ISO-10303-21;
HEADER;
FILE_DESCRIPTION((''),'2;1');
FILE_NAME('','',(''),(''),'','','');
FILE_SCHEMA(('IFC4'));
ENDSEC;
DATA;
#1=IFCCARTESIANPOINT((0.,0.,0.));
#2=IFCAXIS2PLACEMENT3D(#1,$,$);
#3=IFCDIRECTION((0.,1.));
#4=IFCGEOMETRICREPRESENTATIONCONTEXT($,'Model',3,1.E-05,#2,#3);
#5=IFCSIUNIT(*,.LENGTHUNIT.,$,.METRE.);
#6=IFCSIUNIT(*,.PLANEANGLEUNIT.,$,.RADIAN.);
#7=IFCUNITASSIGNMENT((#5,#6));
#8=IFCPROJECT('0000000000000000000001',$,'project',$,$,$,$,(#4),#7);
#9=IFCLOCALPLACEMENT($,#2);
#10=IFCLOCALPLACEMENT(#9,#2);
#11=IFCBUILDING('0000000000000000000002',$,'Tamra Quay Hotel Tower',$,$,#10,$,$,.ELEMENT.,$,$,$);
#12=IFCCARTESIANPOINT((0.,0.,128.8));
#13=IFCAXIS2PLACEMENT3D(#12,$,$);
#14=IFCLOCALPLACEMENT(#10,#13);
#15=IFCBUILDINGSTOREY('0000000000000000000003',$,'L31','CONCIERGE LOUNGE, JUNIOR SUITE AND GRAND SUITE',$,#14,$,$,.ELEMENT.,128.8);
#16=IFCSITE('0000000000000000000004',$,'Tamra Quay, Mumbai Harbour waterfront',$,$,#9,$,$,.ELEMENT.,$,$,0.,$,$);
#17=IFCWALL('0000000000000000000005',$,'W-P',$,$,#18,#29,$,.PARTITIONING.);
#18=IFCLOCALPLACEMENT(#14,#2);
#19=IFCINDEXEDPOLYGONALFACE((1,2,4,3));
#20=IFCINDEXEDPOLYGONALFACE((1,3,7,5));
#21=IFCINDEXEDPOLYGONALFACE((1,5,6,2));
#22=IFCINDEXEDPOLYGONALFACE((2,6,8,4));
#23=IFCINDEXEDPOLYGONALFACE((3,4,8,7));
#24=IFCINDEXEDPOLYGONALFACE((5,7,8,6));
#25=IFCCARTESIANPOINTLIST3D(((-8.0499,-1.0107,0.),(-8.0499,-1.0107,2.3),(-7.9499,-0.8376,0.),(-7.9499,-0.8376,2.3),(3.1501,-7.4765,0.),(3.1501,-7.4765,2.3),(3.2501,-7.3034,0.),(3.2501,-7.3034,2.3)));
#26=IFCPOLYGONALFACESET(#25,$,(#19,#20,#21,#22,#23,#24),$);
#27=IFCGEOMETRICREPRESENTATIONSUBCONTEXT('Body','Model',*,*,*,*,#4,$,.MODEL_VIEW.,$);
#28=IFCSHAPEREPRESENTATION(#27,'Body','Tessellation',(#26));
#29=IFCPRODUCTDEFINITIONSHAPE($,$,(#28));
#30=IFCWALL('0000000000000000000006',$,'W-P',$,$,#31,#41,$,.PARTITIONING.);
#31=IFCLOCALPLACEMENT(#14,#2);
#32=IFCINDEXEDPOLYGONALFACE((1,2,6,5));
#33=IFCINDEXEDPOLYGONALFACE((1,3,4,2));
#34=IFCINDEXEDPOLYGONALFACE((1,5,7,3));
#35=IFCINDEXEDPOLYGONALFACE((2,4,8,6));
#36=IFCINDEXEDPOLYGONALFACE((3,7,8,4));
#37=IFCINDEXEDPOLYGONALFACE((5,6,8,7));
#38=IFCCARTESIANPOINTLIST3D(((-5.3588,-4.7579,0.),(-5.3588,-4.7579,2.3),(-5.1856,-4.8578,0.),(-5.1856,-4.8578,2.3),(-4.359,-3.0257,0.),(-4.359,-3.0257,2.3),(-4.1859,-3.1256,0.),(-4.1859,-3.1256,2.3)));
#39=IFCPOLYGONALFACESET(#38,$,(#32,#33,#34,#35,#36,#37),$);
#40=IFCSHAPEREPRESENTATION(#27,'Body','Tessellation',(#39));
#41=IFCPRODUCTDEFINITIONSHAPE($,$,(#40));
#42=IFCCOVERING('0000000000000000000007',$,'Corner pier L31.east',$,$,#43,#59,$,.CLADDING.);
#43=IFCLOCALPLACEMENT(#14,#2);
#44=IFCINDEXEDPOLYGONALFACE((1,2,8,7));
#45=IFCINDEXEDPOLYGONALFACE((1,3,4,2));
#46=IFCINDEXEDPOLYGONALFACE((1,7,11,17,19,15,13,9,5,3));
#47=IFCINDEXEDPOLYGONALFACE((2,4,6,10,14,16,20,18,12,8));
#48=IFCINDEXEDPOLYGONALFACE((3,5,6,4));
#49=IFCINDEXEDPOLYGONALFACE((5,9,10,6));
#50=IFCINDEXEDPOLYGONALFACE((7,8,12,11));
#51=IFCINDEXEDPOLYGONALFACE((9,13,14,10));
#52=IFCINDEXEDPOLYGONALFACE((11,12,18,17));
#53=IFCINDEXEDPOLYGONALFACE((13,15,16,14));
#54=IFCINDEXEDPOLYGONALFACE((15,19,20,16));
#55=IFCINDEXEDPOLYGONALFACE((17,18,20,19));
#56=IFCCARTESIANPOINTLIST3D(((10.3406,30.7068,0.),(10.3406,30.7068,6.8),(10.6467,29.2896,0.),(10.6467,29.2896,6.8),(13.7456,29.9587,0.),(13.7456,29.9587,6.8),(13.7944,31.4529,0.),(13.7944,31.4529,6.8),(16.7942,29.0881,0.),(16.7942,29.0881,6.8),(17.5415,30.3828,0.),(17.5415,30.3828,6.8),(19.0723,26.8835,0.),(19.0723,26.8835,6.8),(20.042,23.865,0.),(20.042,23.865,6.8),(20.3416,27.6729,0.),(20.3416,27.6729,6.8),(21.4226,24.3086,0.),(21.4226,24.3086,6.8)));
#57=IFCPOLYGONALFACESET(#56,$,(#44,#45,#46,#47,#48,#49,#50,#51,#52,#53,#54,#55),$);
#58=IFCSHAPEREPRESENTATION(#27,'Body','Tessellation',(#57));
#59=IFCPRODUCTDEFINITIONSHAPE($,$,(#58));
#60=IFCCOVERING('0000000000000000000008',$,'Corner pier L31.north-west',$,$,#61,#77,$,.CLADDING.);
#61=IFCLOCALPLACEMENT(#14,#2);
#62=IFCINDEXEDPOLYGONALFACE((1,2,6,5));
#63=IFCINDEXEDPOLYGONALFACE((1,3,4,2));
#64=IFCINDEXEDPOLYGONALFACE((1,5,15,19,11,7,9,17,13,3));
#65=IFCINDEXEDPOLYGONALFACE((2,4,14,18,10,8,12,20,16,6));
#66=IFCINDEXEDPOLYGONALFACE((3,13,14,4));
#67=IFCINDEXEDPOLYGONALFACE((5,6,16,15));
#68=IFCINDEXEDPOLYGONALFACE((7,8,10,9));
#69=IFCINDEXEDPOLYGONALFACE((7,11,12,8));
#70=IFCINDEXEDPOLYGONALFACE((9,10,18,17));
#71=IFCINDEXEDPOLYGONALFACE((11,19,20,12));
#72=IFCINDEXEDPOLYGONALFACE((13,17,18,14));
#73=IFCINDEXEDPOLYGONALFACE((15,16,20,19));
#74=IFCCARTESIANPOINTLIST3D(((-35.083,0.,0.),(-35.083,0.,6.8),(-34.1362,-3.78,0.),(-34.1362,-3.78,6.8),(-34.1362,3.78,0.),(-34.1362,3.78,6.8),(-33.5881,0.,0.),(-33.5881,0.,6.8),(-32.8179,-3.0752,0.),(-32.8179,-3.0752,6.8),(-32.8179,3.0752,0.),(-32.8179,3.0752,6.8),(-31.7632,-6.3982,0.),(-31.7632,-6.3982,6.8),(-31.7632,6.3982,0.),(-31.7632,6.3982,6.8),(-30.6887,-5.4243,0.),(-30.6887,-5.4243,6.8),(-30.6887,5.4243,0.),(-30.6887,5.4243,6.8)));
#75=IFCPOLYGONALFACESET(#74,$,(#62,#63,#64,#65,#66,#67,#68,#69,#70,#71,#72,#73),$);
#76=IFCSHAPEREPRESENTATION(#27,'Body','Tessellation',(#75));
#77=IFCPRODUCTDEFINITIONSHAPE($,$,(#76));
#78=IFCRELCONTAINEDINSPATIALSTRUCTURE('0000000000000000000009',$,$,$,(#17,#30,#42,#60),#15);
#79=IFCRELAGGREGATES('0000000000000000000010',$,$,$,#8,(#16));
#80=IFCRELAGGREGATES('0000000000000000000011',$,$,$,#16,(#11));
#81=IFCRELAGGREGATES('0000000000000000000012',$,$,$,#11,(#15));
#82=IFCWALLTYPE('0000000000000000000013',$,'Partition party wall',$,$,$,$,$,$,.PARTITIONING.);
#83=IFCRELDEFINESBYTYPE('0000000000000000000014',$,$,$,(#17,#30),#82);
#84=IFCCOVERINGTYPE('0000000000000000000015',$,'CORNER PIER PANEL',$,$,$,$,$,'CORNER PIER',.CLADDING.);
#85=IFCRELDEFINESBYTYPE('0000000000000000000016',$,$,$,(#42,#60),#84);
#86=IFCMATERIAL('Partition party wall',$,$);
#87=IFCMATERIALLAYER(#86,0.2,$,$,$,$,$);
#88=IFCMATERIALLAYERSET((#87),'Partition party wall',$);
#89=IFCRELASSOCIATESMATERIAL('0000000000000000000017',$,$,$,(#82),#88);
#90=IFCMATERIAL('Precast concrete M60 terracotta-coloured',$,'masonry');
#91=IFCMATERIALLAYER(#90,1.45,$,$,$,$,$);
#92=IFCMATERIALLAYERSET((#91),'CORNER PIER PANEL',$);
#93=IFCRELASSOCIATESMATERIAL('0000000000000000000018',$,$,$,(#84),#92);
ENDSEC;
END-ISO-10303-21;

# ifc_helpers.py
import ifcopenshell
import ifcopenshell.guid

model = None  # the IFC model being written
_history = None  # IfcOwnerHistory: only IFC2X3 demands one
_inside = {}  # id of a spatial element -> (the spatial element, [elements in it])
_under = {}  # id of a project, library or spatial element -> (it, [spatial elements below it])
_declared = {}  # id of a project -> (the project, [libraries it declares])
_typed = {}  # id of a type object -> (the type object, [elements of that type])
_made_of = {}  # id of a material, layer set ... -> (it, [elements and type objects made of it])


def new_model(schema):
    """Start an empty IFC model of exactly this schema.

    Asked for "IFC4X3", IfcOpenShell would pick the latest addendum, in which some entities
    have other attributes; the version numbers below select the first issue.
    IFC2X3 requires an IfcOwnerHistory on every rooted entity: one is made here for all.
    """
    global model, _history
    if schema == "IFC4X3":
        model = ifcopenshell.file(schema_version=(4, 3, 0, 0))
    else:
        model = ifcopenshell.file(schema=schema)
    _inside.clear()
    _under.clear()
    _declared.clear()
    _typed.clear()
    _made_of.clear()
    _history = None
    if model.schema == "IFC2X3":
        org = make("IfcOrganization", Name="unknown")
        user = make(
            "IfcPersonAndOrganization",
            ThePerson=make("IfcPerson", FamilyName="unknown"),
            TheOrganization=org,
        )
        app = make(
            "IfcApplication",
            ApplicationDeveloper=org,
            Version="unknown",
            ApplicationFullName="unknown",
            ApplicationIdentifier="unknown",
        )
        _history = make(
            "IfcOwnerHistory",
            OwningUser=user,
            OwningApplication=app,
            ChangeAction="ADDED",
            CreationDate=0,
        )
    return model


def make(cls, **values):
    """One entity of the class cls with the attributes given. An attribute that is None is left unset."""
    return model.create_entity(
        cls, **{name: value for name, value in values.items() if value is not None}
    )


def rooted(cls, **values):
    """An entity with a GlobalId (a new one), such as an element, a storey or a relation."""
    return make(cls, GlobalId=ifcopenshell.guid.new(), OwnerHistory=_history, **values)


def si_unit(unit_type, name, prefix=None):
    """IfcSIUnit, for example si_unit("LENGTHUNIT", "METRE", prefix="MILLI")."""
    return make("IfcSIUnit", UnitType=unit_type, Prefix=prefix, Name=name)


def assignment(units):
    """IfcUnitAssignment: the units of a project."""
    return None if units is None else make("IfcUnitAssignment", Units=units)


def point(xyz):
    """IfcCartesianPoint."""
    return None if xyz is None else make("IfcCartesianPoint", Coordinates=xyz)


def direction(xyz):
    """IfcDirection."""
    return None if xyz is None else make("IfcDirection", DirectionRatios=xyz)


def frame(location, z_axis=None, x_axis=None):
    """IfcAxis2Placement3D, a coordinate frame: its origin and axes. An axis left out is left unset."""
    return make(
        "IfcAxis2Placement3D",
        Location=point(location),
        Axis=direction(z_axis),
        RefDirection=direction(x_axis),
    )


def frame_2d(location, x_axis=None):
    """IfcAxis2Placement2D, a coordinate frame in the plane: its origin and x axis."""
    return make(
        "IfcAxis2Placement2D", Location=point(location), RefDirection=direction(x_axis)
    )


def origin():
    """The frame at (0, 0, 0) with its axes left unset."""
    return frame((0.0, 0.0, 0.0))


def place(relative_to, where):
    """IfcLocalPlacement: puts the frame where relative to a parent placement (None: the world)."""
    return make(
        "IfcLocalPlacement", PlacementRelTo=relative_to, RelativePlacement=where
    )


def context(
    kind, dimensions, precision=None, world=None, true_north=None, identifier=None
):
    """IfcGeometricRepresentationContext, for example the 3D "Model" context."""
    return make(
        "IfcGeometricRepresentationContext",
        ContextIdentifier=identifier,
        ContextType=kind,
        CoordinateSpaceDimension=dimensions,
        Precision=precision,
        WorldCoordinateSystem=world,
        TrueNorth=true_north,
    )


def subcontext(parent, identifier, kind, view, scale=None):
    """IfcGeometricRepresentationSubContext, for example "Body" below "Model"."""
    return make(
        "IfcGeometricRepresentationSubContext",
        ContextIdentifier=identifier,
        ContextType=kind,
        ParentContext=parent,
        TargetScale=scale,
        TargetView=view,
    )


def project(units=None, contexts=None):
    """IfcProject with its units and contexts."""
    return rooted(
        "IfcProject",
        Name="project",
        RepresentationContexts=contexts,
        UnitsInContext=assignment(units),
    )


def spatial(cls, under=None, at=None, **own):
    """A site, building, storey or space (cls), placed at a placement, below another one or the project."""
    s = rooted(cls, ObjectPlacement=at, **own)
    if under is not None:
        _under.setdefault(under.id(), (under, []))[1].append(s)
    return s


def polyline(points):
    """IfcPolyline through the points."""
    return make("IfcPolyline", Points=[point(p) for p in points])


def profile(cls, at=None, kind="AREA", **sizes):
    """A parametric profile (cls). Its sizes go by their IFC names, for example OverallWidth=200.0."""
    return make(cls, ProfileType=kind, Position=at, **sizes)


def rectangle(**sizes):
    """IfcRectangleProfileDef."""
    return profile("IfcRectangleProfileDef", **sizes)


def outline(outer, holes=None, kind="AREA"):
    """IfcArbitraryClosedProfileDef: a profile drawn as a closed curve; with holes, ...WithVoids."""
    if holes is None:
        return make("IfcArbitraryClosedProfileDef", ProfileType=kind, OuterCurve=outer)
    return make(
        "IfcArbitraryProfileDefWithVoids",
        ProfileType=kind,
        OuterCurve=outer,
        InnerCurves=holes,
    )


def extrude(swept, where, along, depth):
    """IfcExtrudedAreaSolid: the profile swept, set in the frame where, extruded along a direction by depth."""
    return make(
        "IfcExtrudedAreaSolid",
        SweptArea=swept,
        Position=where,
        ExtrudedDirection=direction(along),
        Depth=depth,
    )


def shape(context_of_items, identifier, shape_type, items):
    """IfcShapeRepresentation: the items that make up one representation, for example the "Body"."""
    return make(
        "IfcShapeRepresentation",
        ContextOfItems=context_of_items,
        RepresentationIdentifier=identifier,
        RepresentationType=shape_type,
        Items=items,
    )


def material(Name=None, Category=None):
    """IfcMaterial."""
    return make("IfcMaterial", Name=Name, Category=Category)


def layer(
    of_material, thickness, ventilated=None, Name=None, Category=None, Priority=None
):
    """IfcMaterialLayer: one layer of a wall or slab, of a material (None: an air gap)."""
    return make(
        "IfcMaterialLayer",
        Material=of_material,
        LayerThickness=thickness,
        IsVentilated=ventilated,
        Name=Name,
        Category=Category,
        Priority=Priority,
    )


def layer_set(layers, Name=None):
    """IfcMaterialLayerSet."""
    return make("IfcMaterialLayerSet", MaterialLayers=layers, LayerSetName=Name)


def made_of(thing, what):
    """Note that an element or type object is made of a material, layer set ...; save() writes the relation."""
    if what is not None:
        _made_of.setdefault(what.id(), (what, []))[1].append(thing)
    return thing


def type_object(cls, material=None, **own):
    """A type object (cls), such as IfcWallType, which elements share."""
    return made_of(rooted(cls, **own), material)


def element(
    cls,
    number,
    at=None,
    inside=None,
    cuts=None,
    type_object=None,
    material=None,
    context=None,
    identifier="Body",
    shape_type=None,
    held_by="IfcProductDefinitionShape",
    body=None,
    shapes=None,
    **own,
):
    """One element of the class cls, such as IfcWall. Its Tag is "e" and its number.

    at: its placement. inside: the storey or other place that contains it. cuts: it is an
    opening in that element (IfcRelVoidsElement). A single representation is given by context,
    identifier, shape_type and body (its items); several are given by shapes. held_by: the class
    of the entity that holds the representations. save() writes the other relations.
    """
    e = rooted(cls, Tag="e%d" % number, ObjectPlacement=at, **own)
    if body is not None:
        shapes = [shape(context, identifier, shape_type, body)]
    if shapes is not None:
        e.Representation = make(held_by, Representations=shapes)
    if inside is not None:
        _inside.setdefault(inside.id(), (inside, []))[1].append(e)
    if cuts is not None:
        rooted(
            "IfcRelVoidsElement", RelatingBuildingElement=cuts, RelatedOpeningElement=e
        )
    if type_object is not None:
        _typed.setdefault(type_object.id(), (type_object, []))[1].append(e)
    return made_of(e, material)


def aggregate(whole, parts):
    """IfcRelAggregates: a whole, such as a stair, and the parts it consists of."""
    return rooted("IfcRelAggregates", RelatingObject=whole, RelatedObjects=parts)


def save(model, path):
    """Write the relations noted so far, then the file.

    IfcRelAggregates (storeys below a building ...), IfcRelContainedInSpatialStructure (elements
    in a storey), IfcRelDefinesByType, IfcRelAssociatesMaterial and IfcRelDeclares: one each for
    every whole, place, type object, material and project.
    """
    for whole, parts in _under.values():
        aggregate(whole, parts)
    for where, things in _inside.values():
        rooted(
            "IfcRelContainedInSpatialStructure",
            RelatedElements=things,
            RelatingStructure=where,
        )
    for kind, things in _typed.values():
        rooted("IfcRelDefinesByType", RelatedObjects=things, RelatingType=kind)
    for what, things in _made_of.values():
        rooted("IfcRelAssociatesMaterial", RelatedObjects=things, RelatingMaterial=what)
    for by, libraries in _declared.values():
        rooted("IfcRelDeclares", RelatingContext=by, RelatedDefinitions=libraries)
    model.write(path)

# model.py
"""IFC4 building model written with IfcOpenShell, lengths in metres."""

from ifc_helpers import new_model, si_unit, direction, frame, frame_2d, origin, place, context, subcontext, project, spatial, polyline, rectangle, outline, extrude, material, layer, layer_set, type_object, element, save


model = new_model("IFC4")

# Units and contexts
model_context = context("Model", 3, precision=1e-05, world=origin(), true_north=direction((0.0, 1.0)))
body_context = subcontext(model_context, "Body", "Model", "MODEL_VIEW")
ifc_project = project(units=[si_unit("LENGTHUNIT", "METRE"), si_unit("PLANEANGLEUNIT", "RADIAN")], contexts=[model_context])

# Site, building, storey
site_placement = place(None, origin())
site = spatial("IfcSite", under=ifc_project, at=site_placement, Name="Tamra Quay, Mumbai Harbour waterfront", CompositionType="ELEMENT", RefElevation=0.0)
building_placement = place(site_placement, origin())
building = spatial("IfcBuilding", under=site, at=building_placement, Name="Tamra Quay Hotel Tower", CompositionType="ELEMENT")
storey_placement = place(building_placement, frame((0.0, 0.0, 128.8)))
storey = spatial("IfcBuildingStorey", under=building, at=storey_placement, Name="L31", Description="CONCIERGE LOUNGE, JUNIOR SUITE AND GRAND SUITE", CompositionType="ELEMENT", Elevation=128.8)

# Walls
ifc_material_1 = material(Name="Partition party wall")
ifc_layer_1 = layer(ifc_material_1, 0.2)
ifc_layer_set_1 = layer_set([ifc_layer_1], Name="Partition party wall")
wall_type_1 = type_object("IfcWallType", Name="Partition party wall", PredefinedType="PARTITIONING", material=ifc_layer_set_1)
wall_1_placement = place(storey_placement, frame((-8.0, -0.9241, 0.0), z_axis=(0.0, 0.0, 1.0), x_axis=(0.866041, -0.499972, 0.0)))
element("IfcWall", 1, at=wall_1_placement, inside=storey, type_object=wall_type_1, Name="W-P", PredefinedType="PARTITIONING", context=body_context, shape_type="SweptSolid", body=[
    extrude(rectangle(XDim=12.9324, YDim=0.2, at=frame_2d((6.4663, 0.0))), origin(), (0.0, 0.0, 1.0), 2.3),
])
wall_2_placement = place(storey_placement, frame((-5.2722, -4.8079, 0.0), z_axis=(0.0, 0.0, 1.0), x_axis=(0.499881, 0.866094, 0.0)))
element("IfcWall", 2, at=wall_2_placement, inside=storey, type_object=wall_type_1, Name="W-P", PredefinedType="PARTITIONING", context=body_context, shape_type="SweptSolid", body=[
    extrude(rectangle(XDim=2.0, YDim=0.2, at=frame_2d((1.0, 0.0))), origin(), (0.0, 0.0, 1.0), 2.3),
])

# Coverings
ifc_material_2 = material(Name="Precast concrete M60 terracotta-coloured", Category="masonry")
ifc_layer_2 = layer(ifc_material_2, 1.45)
ifc_layer_set_2 = layer_set([ifc_layer_2], Name="CORNER PIER PANEL")
covering_type = type_object("IfcCoveringType", Name="CORNER PIER PANEL", ElementType="CORNER PIER", PredefinedType="CLADDING", material=ifc_layer_set_2)
covering_1_placement = place(storey_placement, origin())
element("IfcCovering", 3, at=covering_1_placement, inside=storey, type_object=covering_type, Name="Corner pier L31.east", PredefinedType="CLADDING", context=body_context, shape_type="SweptSolid", body=[
    extrude(outline(polyline([(20.042, 23.865), (21.4226, 24.3086), (20.3416, 27.6729), (17.5415, 30.3828), (13.7944, 31.4529), (10.3406, 30.7068), (10.6467, 29.2896), (13.7456, 29.9587), (16.7942, 29.0881), (19.0723, 26.8835), (20.042, 23.865)])), origin(), (0.0, 0.0, 1.0), 6.8),
])
covering_2_placement = place(storey_placement, origin())
element("IfcCovering", 4, at=covering_2_placement, inside=storey, type_object=covering_type, Name="Corner pier L31.north-west", PredefinedType="CLADDING", context=body_context, shape_type="SweptSolid", body=[
    extrude(outline(polyline([(-30.6887, 5.4243), (-31.7632, 6.3982), (-34.1362, 3.78), (-35.083, 0.0), (-34.1362, -3.78), (-31.7632, -6.3982), (-30.6887, -5.4243), (-32.8179, -3.0752), (-33.5881, 0.0), (-32.8179, 3.0752), (-30.6887, 5.4243)])), origin(), (0.0, 0.0, 1.0), 6.8),
])

save(model, "model.ifc")
